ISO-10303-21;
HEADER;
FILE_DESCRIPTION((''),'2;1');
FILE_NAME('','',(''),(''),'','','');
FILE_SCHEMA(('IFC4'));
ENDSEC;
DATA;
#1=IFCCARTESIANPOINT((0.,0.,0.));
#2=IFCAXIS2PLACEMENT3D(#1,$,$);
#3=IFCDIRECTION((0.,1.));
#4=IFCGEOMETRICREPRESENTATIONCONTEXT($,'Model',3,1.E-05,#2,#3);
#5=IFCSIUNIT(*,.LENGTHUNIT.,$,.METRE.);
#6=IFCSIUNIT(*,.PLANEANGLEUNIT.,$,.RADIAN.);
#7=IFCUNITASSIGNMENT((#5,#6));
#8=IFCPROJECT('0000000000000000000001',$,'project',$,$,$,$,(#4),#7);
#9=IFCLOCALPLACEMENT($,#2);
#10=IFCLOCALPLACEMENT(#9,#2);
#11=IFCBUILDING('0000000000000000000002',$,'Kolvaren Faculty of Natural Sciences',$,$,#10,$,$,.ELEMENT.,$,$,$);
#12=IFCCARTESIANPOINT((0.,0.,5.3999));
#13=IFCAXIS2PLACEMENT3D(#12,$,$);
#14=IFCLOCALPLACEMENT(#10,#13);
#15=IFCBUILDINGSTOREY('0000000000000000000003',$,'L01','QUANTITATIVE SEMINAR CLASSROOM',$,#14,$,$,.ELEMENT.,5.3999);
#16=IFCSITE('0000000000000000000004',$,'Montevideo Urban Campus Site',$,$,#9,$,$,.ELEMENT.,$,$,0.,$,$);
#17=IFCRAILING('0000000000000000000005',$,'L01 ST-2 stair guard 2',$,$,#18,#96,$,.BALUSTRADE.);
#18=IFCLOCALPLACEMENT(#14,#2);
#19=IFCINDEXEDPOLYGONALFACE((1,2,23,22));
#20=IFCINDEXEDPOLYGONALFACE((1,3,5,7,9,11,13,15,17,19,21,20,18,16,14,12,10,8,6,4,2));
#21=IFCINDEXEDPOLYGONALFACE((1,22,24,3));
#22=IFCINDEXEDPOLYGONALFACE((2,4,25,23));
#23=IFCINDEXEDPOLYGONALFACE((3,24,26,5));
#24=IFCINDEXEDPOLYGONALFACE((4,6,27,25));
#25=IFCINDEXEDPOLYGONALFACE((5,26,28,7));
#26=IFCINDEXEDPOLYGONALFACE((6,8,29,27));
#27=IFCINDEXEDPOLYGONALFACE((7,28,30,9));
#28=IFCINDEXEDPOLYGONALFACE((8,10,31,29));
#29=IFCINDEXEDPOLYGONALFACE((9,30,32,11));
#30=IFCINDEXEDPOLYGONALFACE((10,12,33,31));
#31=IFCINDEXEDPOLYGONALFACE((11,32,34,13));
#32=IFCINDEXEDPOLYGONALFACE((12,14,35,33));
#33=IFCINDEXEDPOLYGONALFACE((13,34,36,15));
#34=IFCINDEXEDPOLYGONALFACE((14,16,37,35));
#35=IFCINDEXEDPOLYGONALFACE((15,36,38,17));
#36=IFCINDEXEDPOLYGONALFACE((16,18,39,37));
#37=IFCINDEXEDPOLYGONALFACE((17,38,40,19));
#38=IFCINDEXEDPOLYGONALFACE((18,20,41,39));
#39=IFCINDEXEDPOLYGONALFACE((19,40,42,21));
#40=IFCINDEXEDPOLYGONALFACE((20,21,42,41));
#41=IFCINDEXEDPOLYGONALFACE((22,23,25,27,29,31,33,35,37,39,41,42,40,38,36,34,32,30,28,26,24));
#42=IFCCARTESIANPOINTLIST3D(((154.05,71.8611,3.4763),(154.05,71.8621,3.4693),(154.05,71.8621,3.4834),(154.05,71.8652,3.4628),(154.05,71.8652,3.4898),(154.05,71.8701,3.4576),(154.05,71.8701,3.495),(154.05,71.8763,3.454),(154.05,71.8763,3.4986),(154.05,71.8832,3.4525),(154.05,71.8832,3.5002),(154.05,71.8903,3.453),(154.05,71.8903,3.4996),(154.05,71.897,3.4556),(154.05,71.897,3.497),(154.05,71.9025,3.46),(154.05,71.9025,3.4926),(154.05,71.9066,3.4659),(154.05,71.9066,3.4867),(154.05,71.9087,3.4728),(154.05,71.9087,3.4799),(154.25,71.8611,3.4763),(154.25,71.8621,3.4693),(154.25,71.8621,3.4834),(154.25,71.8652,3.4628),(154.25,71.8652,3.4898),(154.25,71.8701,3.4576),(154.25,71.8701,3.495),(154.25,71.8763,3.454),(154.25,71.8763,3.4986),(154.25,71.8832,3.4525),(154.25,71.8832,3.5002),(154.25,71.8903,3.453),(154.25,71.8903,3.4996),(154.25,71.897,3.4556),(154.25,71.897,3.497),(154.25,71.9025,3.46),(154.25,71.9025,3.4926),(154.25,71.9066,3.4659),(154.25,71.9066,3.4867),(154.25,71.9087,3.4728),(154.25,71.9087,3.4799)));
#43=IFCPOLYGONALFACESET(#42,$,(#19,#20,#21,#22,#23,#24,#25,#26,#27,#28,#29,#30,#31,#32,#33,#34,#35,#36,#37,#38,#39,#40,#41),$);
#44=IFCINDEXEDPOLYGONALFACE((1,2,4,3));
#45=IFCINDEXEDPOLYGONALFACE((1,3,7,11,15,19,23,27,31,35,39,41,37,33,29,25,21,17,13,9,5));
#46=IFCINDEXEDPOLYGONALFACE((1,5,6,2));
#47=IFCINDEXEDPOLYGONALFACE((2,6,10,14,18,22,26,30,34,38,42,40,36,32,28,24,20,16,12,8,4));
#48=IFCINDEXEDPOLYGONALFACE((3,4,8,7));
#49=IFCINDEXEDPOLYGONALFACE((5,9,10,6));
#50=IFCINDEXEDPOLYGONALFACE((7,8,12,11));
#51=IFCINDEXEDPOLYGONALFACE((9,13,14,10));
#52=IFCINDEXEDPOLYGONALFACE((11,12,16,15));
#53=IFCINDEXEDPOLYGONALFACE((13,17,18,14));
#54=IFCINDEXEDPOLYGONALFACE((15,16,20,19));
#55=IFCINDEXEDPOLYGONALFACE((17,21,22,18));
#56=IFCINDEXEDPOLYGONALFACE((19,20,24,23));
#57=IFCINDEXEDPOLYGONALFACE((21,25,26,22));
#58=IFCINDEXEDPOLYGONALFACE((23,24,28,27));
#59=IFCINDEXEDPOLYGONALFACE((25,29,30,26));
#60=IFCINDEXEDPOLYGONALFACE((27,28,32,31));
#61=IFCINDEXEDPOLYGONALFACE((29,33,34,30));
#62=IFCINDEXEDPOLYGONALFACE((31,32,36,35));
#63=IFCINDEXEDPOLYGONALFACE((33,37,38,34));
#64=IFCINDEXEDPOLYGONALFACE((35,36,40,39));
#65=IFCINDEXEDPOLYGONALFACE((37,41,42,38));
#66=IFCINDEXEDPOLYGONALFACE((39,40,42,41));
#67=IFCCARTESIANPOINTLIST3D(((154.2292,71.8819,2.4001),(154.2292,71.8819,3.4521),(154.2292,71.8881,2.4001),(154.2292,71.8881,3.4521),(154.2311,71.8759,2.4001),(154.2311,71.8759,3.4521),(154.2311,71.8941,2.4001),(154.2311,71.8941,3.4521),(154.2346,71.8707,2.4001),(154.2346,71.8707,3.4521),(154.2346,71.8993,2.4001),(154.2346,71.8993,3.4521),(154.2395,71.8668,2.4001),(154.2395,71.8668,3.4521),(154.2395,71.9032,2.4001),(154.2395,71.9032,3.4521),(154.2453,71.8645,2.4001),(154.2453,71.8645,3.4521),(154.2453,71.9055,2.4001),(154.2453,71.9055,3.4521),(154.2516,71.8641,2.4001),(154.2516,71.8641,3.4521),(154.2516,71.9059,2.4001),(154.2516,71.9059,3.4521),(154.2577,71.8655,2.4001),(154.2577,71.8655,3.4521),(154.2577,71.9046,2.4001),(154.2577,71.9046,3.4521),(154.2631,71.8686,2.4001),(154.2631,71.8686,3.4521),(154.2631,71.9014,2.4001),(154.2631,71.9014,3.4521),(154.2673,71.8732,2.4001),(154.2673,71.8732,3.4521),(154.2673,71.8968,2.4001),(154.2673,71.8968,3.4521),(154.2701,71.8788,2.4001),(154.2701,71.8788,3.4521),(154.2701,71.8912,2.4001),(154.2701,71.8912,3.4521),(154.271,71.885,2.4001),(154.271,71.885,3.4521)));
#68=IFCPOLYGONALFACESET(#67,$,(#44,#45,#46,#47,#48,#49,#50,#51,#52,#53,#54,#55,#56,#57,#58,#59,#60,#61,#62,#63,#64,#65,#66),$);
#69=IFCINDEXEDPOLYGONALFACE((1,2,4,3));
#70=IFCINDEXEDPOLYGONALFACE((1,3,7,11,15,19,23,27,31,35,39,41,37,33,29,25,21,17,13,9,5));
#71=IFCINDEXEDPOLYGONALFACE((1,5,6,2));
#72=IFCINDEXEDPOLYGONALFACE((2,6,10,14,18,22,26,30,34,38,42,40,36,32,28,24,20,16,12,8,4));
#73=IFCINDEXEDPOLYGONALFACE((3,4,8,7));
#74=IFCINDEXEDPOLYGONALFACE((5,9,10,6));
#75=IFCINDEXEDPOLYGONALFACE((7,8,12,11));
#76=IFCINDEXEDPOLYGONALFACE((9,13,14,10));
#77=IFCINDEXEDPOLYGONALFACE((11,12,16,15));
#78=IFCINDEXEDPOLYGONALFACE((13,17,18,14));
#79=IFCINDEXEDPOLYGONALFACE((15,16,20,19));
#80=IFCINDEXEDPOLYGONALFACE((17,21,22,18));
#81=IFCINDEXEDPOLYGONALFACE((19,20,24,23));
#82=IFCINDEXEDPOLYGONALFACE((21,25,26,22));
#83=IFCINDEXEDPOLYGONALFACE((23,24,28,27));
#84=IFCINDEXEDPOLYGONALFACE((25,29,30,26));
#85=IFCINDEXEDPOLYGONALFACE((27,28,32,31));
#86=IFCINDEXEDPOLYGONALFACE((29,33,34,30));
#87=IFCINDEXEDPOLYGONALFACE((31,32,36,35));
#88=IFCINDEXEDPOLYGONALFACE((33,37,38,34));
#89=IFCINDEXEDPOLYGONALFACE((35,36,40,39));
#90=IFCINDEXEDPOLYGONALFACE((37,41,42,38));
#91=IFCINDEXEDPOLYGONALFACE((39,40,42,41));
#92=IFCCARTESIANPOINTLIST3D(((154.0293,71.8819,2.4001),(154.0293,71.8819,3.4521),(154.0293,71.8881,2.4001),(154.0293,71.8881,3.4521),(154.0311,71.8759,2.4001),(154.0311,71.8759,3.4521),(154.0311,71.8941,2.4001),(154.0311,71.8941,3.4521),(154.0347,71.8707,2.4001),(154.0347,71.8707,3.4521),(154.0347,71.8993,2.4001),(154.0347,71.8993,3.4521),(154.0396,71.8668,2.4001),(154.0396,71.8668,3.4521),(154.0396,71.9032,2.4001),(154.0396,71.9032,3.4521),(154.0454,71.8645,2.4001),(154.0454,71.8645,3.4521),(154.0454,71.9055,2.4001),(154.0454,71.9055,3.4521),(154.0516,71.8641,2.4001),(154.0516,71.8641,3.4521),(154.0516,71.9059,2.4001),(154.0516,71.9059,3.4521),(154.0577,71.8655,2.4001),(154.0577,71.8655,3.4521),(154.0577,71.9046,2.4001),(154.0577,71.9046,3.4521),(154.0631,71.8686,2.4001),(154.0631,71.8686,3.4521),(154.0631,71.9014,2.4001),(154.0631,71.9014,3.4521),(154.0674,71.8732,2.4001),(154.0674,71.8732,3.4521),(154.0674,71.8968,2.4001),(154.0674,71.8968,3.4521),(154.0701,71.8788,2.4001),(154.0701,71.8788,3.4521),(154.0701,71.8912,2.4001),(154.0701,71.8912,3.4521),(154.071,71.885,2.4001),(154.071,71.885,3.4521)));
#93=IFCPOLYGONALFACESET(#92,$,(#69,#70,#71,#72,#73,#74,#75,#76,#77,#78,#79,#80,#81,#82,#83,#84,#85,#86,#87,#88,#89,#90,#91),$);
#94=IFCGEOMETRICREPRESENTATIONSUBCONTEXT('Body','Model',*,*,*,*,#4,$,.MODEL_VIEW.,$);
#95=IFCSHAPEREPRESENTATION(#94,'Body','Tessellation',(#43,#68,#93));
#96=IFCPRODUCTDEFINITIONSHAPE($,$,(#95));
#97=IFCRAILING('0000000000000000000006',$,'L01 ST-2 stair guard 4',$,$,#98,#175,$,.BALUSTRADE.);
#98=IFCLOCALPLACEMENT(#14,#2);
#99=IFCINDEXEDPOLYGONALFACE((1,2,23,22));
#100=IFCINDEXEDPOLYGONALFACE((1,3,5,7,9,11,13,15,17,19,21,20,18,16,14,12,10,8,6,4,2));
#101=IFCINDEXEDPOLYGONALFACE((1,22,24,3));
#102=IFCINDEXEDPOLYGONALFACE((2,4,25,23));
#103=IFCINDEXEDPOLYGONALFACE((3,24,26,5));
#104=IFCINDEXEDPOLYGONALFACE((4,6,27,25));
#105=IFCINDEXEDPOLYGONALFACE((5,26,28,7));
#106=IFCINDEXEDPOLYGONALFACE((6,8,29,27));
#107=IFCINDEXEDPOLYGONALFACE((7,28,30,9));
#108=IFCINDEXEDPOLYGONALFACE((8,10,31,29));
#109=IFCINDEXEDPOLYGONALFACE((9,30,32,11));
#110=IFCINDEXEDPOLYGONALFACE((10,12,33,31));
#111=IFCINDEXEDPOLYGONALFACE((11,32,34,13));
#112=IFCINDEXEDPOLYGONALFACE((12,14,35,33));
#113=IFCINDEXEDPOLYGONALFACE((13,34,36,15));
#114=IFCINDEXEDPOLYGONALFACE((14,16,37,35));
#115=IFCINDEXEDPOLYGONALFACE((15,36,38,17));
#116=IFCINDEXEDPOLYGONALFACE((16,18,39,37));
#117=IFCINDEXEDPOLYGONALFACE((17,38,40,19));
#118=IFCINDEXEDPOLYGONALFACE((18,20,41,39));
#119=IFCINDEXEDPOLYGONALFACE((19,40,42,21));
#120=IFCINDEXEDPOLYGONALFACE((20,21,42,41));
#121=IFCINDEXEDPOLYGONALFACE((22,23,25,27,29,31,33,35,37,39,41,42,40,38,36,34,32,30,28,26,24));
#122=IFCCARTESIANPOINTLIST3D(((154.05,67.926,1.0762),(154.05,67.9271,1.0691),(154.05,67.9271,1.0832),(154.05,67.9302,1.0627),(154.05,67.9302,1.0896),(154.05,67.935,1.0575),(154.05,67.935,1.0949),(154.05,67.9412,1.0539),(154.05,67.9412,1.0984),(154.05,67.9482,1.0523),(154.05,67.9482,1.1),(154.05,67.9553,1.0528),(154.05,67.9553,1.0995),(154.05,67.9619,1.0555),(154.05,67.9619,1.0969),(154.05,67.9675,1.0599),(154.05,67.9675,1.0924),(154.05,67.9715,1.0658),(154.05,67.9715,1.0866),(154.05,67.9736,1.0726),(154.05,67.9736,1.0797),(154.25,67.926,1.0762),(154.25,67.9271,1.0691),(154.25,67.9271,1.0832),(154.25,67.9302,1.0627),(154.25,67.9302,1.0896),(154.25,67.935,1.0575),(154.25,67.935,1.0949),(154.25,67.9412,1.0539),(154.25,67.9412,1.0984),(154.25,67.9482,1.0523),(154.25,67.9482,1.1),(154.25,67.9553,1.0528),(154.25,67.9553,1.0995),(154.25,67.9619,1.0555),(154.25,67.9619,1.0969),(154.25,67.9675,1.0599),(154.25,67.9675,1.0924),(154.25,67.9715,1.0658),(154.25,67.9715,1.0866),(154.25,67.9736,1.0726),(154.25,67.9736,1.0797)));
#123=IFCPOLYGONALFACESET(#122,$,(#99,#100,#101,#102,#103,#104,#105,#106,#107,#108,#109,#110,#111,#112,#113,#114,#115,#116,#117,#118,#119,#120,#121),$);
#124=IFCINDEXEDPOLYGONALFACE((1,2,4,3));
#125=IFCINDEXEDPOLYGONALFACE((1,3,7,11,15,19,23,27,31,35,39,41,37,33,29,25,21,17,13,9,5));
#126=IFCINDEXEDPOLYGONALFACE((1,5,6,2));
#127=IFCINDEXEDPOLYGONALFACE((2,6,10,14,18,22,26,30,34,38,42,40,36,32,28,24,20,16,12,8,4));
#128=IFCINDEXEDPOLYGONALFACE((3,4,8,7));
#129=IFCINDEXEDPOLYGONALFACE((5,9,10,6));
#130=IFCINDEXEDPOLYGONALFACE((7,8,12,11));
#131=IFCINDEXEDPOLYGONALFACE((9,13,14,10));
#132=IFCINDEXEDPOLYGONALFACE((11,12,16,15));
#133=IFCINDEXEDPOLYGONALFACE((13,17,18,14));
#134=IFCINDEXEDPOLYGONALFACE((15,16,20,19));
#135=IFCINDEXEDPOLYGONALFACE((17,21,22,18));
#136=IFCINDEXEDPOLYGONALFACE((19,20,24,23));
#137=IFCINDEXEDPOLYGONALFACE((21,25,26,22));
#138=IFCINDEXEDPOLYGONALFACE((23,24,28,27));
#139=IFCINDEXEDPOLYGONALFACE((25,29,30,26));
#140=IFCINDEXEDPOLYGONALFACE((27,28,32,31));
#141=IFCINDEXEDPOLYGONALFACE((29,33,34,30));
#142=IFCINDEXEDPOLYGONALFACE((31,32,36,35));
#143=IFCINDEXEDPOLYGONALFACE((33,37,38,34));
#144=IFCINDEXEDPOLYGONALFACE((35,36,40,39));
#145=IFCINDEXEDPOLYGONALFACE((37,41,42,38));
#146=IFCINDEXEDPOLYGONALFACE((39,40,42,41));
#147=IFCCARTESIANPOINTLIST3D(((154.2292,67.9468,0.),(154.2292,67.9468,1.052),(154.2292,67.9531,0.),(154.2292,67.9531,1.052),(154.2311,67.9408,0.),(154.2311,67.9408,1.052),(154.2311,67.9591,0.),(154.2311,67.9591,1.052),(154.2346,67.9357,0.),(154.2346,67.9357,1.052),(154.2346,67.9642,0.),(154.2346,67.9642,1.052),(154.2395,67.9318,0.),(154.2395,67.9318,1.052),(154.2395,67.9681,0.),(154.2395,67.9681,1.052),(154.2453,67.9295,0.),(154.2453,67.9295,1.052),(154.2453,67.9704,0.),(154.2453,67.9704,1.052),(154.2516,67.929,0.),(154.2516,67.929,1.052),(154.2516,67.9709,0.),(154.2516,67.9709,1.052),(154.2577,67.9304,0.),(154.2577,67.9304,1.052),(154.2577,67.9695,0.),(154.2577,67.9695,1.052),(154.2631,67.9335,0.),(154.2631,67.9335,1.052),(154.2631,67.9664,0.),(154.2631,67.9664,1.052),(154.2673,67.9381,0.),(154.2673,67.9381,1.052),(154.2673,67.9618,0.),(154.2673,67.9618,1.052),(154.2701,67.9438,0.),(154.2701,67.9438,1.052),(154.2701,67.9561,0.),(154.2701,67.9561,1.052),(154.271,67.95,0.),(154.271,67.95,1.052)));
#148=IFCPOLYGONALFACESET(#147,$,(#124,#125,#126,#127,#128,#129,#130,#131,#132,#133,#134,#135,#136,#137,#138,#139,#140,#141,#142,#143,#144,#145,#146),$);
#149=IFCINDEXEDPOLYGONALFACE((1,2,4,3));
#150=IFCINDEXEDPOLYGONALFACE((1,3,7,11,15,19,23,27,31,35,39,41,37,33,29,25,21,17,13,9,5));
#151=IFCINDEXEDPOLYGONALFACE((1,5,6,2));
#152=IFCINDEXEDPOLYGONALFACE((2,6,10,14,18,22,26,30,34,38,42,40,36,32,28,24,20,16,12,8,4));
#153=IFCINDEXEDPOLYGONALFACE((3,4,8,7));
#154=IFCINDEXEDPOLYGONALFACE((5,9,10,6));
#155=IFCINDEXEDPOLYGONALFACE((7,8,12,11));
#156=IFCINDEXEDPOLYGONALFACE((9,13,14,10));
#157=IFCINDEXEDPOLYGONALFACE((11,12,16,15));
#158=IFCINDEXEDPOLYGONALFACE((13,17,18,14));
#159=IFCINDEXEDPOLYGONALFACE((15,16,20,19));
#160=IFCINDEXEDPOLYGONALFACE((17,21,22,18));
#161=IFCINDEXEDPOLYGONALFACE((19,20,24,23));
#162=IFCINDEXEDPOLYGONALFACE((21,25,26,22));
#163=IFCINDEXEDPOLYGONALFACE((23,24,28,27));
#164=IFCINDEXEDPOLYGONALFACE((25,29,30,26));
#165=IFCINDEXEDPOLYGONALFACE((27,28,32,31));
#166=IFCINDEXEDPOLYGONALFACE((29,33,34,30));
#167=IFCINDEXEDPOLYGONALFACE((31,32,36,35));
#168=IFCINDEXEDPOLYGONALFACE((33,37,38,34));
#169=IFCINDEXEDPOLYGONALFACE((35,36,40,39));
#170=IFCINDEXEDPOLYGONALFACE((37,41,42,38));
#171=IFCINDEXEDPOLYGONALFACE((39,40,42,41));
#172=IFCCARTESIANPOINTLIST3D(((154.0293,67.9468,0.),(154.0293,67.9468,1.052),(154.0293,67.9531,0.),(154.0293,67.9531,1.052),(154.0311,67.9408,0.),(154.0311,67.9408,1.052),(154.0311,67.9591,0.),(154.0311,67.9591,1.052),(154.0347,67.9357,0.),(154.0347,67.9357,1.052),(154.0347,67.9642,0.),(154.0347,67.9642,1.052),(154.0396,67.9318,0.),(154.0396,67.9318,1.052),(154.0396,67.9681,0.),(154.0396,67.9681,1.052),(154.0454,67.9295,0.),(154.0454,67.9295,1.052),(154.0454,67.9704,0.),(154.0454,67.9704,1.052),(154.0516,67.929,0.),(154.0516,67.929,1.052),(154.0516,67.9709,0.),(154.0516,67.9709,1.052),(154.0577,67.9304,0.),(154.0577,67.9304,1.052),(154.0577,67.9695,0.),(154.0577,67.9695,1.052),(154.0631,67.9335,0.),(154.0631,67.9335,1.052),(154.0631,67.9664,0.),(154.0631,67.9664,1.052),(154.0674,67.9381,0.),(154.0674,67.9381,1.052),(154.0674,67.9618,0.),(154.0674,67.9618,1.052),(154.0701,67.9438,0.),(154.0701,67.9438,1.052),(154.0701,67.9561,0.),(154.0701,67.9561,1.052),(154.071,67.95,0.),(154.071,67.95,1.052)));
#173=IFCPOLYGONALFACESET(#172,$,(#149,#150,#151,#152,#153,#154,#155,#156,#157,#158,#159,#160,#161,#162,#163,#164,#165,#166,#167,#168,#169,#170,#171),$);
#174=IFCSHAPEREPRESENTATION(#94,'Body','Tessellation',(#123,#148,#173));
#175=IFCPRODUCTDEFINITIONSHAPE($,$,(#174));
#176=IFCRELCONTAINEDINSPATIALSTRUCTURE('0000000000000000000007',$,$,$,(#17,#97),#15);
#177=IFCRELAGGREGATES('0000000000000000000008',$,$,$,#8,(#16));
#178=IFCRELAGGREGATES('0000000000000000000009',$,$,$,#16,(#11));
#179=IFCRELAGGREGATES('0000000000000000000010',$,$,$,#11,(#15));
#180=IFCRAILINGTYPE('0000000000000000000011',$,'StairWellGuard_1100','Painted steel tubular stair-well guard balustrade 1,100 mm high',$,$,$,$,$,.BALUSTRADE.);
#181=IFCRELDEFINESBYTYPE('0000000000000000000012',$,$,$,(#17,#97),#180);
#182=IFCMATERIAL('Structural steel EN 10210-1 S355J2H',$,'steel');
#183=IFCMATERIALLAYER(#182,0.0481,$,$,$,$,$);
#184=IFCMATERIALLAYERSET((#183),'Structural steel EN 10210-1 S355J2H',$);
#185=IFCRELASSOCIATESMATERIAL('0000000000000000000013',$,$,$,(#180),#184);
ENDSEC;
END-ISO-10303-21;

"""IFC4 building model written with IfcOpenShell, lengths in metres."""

from ifc_helpers import new_model, si_unit, direction, frame, origin, origin_2d, place, context, subcontext, project, spatial, circle, extrude, material, layer, layer_set, type_object, element, save


model = new_model("IFC4")

# Units and contexts
model_context = context("Model", 3, precision=1e-05, world=origin(), true_north=direction((0.0, 1.0)))
body_context = subcontext(model_context, "Body", "Model", "MODEL_VIEW")
ifc_project = project(units=[si_unit("LENGTHUNIT", "METRE"), si_unit("PLANEANGLEUNIT", "RADIAN")], contexts=[model_context])

# Site, building, storey
site_placement = place(None, origin())
site = spatial("IfcSite", under=ifc_project, at=site_placement, Name="Montevideo Urban Campus Site", CompositionType="ELEMENT", RefElevation=0.0)
building_placement = place(site_placement, origin())
building = spatial("IfcBuilding", under=site, at=building_placement, Name="Kolvaren Faculty of Natural Sciences", CompositionType="ELEMENT")
storey_placement = place(building_placement, frame((0.0, 0.0, 5.3999)))
storey = spatial("IfcBuildingStorey", under=building, at=storey_placement, Name="L01", Description="QUANTITATIVE SEMINAR CLASSROOM", CompositionType="ELEMENT", Elevation=5.3999)

# Railings
ifc_material_1 = material(Name="Structural steel EN 10210-1 S355J2H", Category="steel")
ifc_layer_1 = layer(ifc_material_1, 0.0481)
ifc_layer_set_1 = layer_set([ifc_layer_1], Name="Structural steel EN 10210-1 S355J2H")
railing_type_1 = type_object("IfcRailingType", Name="StairWellGuard_1100", Description="Painted steel tubular stair-well guard balustrade 1,100 mm high", PredefinedType="BALUSTRADE", material=ifc_layer_set_1)
for number, where, name in (
    (1, (154.25, 71.885, 2.4001), "L01 ST-2 stair guard 2"),
    (2, (154.25, 67.95, 0.0), "L01 ST-2 stair guard 4"),
):
    element("IfcRailing", number, at=place(storey_placement, frame(where)), inside=storey, type_object=railing_type_1, Name=name, PredefinedType="BALUSTRADE", context=body_context, shape_type="SweptSolid", body=[
        extrude(circle(Radius=0.0239, at=origin_2d()), frame((0.0, 0.0, 1.0762), z_axis=(-1.0, 0.0, 0.0), x_axis=(0.0, -1.0, 0.0)), (0.0, 0.0, 1.0), 0.2),
        extrude(circle(Radius=0.021, at=origin_2d()), origin(), (0.0, 0.0, 1.0), 1.052),
        extrude(circle(Radius=0.021, at=origin_2d()), frame((-0.2, 0.0, 0.0)), (0.0, 0.0, 1.0), 1.052),
    ])

save(model, "model.ifc")
